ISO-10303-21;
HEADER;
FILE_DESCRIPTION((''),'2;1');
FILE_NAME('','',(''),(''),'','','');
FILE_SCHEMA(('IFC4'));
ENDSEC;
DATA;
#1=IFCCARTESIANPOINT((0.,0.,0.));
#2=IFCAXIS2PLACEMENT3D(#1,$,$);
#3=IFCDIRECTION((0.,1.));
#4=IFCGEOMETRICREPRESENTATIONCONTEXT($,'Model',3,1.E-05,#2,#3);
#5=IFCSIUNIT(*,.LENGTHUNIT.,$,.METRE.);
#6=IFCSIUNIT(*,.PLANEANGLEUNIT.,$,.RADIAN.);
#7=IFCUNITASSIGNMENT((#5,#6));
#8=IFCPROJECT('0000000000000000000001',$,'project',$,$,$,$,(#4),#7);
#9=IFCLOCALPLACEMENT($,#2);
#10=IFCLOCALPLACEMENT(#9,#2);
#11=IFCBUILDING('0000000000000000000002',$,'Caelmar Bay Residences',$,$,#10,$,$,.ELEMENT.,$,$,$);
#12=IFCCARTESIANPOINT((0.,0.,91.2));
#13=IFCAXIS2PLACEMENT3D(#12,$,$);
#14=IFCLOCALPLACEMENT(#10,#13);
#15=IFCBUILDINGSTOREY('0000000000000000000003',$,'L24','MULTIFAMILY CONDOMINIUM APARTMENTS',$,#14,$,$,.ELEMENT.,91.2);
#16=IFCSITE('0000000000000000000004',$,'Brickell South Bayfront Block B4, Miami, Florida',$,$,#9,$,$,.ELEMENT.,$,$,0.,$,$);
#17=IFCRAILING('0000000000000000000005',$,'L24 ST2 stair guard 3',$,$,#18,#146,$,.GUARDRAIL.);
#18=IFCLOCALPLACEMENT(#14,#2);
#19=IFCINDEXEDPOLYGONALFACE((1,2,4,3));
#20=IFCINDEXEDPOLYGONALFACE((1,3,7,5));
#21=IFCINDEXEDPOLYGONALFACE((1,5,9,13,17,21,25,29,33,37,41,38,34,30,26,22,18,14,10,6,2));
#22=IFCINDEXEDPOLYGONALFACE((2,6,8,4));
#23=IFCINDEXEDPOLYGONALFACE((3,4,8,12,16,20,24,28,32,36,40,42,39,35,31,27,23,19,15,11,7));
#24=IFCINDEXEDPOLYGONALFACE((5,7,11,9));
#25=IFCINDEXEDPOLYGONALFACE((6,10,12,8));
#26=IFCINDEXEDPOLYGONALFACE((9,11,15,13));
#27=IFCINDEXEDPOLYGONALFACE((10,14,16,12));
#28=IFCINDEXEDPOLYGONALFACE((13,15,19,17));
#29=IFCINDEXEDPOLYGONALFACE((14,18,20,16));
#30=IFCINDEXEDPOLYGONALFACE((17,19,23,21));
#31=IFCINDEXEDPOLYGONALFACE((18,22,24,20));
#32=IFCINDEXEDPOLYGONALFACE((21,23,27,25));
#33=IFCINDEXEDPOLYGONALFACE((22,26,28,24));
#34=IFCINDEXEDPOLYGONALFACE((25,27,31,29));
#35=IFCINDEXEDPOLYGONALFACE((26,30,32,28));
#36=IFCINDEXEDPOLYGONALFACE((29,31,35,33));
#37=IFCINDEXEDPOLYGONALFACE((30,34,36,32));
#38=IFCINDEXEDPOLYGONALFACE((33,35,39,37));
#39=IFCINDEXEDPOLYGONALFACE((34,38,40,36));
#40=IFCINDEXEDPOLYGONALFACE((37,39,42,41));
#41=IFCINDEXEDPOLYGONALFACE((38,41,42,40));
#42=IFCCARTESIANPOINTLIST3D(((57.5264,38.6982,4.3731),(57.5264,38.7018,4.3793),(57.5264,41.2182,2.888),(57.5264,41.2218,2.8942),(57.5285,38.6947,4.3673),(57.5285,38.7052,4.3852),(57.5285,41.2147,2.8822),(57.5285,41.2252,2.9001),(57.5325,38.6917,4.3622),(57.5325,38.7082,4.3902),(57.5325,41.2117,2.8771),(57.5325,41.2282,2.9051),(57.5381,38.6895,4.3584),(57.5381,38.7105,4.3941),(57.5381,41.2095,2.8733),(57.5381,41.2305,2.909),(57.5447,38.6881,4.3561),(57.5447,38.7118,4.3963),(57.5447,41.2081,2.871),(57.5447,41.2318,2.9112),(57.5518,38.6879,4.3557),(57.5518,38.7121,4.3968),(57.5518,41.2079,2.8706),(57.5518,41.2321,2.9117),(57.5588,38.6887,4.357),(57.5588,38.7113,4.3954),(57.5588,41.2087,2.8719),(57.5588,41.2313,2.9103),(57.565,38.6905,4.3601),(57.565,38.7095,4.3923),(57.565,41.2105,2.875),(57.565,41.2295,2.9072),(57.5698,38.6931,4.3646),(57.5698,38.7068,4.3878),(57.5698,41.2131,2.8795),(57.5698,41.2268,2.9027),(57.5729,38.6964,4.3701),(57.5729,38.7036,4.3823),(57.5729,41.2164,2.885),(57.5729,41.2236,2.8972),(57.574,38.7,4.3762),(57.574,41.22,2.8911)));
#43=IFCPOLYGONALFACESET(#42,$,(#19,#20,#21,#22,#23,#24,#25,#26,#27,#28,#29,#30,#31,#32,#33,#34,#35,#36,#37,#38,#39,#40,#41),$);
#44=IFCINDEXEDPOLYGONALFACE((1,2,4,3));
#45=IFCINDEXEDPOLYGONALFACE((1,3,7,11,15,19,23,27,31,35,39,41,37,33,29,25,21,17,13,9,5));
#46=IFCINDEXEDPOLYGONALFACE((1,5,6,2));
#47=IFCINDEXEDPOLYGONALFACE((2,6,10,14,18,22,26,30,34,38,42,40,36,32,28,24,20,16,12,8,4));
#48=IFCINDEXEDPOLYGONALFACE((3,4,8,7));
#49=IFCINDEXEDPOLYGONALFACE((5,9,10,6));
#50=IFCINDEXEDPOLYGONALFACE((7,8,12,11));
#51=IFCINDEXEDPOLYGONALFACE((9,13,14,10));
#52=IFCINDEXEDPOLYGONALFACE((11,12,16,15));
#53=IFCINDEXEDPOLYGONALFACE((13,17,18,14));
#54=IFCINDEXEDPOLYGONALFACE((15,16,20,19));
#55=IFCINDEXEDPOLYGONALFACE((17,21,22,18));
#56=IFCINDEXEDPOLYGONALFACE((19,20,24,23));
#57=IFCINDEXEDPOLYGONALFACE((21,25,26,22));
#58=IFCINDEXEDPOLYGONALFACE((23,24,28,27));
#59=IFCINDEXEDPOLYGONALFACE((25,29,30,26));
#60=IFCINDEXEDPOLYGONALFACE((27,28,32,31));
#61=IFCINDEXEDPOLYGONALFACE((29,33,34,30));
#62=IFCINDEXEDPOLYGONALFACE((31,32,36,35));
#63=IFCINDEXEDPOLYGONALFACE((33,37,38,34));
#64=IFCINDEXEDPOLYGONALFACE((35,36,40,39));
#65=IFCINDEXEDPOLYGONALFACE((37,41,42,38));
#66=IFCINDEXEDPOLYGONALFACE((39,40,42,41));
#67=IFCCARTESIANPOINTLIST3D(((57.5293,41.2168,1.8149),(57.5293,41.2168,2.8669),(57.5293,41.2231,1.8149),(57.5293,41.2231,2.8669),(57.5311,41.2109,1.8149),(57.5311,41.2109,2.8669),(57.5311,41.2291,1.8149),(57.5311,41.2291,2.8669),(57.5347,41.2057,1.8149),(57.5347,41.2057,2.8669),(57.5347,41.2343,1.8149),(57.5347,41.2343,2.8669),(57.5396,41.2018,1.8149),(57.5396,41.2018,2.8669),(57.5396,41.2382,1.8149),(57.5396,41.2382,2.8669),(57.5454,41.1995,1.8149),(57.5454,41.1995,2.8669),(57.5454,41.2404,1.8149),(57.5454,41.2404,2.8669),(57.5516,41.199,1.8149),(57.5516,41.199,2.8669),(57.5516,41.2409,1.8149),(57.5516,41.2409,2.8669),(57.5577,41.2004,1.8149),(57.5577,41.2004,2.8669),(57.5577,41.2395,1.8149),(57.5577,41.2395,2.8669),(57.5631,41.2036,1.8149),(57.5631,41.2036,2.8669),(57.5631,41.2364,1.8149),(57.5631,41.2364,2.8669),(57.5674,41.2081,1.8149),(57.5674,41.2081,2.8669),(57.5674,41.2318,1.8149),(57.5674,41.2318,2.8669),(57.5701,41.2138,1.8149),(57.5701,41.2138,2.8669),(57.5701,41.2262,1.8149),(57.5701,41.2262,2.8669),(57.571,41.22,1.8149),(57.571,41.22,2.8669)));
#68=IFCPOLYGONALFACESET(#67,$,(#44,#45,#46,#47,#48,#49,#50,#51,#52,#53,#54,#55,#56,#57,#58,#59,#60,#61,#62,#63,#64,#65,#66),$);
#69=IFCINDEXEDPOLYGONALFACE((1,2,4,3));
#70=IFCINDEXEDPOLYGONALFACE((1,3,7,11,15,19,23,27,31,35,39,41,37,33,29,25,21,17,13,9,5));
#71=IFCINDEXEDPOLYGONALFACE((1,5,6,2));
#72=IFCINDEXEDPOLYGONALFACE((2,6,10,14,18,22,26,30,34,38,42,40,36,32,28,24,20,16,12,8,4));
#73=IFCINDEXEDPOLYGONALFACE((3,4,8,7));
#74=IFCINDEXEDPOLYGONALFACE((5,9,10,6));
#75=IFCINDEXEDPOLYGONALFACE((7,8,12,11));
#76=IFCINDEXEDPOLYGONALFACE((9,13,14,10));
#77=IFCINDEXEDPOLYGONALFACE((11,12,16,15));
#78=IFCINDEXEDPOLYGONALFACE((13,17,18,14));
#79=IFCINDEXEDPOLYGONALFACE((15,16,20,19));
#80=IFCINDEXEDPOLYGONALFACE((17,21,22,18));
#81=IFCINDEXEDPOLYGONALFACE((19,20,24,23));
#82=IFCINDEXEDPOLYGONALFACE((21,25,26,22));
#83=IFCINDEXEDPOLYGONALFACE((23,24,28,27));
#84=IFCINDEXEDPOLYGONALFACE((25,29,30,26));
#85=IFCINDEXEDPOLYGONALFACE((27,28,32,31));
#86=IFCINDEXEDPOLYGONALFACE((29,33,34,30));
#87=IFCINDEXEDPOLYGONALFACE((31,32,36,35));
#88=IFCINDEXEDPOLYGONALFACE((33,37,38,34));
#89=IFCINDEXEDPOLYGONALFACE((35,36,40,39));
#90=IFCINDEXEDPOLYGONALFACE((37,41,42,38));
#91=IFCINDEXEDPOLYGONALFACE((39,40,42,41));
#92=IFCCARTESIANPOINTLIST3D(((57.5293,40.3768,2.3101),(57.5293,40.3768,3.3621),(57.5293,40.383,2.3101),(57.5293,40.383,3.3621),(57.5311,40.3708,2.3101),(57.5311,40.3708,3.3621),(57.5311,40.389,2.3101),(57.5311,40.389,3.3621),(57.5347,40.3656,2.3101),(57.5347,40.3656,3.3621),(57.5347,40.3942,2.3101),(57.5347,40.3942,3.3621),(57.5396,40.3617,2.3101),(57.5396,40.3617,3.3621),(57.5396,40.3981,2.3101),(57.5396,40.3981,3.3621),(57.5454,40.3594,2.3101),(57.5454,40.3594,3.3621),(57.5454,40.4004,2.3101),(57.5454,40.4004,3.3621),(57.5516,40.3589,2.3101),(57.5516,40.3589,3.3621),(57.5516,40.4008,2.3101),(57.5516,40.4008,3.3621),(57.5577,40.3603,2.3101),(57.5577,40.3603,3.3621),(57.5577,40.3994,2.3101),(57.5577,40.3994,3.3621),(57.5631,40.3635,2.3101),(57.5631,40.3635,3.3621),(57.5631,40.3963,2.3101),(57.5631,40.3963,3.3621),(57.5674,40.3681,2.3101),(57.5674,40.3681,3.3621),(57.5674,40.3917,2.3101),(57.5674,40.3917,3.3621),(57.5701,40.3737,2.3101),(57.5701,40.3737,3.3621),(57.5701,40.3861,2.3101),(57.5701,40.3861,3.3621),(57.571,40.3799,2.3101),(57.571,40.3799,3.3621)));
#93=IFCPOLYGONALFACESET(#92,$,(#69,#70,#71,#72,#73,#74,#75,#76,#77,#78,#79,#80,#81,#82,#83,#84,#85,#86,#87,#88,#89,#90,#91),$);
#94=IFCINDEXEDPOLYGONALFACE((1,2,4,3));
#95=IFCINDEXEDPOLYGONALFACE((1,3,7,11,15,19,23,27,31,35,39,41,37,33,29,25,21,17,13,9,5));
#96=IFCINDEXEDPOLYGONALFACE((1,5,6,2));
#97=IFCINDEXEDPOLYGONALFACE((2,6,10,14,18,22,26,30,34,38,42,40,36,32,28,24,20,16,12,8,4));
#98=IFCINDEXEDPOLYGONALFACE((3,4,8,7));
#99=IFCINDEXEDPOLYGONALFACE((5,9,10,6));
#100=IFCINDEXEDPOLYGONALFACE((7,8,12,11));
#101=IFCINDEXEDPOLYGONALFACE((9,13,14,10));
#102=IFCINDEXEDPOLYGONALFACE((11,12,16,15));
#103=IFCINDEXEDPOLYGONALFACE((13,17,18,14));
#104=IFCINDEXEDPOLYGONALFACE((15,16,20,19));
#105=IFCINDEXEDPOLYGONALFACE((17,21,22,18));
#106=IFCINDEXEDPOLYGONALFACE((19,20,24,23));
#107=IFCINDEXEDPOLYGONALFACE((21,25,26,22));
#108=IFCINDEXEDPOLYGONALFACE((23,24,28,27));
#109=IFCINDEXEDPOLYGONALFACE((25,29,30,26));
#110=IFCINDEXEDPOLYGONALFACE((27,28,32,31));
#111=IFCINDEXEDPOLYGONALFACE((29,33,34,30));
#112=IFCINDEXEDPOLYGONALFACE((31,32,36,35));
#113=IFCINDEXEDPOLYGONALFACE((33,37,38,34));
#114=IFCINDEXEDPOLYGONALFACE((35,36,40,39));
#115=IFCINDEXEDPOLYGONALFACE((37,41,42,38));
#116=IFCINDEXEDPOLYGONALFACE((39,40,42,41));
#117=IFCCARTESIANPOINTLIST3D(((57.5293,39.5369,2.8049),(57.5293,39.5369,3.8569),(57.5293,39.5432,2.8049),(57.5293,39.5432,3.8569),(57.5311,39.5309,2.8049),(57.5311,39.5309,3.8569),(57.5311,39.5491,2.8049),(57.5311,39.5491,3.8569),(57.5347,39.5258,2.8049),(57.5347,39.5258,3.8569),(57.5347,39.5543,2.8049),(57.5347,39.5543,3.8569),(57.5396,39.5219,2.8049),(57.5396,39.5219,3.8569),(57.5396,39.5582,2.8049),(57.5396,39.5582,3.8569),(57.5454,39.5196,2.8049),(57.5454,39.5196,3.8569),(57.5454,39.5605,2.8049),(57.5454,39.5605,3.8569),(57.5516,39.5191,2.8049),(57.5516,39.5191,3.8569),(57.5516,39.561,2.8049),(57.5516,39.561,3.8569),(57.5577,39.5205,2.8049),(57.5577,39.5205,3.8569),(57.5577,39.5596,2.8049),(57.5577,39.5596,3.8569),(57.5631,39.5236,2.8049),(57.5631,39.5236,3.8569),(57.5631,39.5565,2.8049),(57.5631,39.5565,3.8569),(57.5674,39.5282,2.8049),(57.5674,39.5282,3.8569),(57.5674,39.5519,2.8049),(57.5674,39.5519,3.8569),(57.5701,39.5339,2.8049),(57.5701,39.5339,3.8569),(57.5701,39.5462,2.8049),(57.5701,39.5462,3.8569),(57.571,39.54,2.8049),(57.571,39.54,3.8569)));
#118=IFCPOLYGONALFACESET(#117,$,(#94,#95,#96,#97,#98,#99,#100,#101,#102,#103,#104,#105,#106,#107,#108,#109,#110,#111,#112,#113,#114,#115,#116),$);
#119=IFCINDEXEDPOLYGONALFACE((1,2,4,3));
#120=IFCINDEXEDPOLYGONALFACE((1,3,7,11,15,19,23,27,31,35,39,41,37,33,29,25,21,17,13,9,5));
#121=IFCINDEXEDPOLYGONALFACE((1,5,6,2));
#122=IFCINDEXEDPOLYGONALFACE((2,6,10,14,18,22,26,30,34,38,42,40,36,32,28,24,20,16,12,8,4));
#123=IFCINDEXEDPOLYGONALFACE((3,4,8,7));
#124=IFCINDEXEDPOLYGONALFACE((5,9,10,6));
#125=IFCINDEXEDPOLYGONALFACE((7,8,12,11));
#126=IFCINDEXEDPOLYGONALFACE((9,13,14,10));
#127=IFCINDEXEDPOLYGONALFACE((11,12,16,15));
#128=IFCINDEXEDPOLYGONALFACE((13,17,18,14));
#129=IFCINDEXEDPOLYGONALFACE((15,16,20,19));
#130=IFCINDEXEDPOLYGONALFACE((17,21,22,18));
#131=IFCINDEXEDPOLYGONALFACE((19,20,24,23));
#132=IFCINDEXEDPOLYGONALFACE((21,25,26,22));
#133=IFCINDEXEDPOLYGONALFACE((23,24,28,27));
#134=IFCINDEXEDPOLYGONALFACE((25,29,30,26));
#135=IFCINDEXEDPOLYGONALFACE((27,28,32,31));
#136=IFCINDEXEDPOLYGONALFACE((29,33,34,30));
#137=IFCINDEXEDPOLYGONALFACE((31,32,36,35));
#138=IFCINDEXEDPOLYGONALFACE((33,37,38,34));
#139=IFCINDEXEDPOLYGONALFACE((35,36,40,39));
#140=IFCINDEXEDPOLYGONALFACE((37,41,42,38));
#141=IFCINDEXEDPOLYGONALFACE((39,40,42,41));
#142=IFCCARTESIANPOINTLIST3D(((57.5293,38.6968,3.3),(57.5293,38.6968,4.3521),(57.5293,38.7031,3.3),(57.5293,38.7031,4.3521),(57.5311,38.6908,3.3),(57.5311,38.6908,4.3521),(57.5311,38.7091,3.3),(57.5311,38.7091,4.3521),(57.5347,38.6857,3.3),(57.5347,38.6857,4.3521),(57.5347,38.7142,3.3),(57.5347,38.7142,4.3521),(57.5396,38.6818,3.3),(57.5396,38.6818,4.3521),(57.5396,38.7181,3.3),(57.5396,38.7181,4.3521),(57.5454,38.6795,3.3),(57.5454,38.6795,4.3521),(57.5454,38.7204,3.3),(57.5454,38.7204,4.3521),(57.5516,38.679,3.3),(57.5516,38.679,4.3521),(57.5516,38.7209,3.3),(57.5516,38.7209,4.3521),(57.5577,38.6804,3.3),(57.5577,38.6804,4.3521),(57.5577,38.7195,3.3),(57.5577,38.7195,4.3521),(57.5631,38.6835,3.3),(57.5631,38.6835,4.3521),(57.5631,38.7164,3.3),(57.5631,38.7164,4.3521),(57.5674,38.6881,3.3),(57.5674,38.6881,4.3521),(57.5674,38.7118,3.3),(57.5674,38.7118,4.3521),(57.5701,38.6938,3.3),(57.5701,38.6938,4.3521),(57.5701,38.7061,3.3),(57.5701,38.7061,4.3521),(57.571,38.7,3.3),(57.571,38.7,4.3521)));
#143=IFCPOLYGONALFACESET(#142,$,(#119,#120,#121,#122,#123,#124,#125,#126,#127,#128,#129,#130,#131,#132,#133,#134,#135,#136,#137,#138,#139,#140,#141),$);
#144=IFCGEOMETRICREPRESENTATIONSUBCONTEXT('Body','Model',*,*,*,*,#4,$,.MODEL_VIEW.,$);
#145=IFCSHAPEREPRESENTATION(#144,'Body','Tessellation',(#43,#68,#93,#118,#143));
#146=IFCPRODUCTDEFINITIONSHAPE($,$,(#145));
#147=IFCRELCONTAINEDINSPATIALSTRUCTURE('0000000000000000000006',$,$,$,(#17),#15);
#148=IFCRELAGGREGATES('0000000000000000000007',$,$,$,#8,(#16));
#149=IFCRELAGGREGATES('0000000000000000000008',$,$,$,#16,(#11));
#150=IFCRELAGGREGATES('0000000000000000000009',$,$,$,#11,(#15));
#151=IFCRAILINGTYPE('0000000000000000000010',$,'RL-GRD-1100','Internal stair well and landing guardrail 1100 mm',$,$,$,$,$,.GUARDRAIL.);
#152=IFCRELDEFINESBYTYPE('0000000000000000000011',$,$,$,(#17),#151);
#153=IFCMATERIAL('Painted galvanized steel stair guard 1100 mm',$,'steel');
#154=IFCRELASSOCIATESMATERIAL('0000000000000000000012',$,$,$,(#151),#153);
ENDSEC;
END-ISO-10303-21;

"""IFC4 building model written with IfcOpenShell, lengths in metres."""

from ifc_helpers import new_model, si_unit, direction, frame, origin, origin_2d, place, context, subcontext, project, spatial, circle, extrude, material, type_object, element, save


model = new_model("IFC4")

# Units and contexts
model_context = context("Model", 3, precision=1e-05, world=origin(), true_north=direction((0.0, 1.0)))
body_context = subcontext(model_context, "Body", "Model", "MODEL_VIEW")
ifc_project = project(units=[si_unit("LENGTHUNIT", "METRE"), si_unit("PLANEANGLEUNIT", "RADIAN")], contexts=[model_context])

# Site, building, storey
site_placement = place(None, origin())
site = spatial("IfcSite", under=ifc_project, at=site_placement, Name="Brickell South Bayfront Block B4, Miami, Florida", CompositionType="ELEMENT", RefElevation=0.0)
building_placement = place(site_placement, origin())
building = spatial("IfcBuilding", under=site, at=building_placement, Name="Caelmar Bay Residences", CompositionType="ELEMENT")
storey_placement = place(building_placement, frame((0.0, 0.0, 91.2)))
storey = spatial("IfcBuildingStorey", under=building, at=storey_placement, Name="L24", Description="MULTIFAMILY CONDOMINIUM APARTMENTS", CompositionType="ELEMENT", Elevation=91.2)

# Railing
ifc_material_1 = material(Name="Painted galvanized steel stair guard 1100 mm", Category="steel")
railing_type_1 = type_object("IfcRailingType", Name="RL-GRD-1100", Description="Internal stair well and landing guardrail 1100 mm", PredefinedType="GUARDRAIL", material=ifc_material_1)
railing_1_placement = place(storey_placement, frame((57.55, 41.22, 1.8149)))
element("IfcRailing", 1, at=railing_1_placement, inside=storey, type_object=railing_type_1, Name="L24 ST2 stair guard 3", PredefinedType="GUARDRAIL", context=body_context, shape_type="SweptSolid", body=[
    extrude(circle(Radius=0.0239, at=origin_2d()), frame((0.0, 0.0, 1.0762), z_axis=(0.0, -0.861524, 0.507717), x_axis=(1.0, 0.0, 0.0)), (0.0, 0.0, 1.0), 2.925),
    extrude(circle(Radius=0.021, at=origin_2d()), origin(), (0.0, 0.0, 1.0), 1.052),
    extrude(circle(Radius=0.021, at=origin_2d()), frame((0.0, -0.8401, 0.4951)), (0.0, 0.0, 1.0), 1.052),
    extrude(circle(Radius=0.021, at=origin_2d()), frame((0.0, -1.6799, 0.99)), (0.0, 0.0, 1.0), 1.052),
    extrude(circle(Radius=0.021, at=origin_2d()), frame((0.0, -2.52, 1.4851)), (0.0, 0.0, 1.0), 1.052),
])

save(model, "model.ifc")
